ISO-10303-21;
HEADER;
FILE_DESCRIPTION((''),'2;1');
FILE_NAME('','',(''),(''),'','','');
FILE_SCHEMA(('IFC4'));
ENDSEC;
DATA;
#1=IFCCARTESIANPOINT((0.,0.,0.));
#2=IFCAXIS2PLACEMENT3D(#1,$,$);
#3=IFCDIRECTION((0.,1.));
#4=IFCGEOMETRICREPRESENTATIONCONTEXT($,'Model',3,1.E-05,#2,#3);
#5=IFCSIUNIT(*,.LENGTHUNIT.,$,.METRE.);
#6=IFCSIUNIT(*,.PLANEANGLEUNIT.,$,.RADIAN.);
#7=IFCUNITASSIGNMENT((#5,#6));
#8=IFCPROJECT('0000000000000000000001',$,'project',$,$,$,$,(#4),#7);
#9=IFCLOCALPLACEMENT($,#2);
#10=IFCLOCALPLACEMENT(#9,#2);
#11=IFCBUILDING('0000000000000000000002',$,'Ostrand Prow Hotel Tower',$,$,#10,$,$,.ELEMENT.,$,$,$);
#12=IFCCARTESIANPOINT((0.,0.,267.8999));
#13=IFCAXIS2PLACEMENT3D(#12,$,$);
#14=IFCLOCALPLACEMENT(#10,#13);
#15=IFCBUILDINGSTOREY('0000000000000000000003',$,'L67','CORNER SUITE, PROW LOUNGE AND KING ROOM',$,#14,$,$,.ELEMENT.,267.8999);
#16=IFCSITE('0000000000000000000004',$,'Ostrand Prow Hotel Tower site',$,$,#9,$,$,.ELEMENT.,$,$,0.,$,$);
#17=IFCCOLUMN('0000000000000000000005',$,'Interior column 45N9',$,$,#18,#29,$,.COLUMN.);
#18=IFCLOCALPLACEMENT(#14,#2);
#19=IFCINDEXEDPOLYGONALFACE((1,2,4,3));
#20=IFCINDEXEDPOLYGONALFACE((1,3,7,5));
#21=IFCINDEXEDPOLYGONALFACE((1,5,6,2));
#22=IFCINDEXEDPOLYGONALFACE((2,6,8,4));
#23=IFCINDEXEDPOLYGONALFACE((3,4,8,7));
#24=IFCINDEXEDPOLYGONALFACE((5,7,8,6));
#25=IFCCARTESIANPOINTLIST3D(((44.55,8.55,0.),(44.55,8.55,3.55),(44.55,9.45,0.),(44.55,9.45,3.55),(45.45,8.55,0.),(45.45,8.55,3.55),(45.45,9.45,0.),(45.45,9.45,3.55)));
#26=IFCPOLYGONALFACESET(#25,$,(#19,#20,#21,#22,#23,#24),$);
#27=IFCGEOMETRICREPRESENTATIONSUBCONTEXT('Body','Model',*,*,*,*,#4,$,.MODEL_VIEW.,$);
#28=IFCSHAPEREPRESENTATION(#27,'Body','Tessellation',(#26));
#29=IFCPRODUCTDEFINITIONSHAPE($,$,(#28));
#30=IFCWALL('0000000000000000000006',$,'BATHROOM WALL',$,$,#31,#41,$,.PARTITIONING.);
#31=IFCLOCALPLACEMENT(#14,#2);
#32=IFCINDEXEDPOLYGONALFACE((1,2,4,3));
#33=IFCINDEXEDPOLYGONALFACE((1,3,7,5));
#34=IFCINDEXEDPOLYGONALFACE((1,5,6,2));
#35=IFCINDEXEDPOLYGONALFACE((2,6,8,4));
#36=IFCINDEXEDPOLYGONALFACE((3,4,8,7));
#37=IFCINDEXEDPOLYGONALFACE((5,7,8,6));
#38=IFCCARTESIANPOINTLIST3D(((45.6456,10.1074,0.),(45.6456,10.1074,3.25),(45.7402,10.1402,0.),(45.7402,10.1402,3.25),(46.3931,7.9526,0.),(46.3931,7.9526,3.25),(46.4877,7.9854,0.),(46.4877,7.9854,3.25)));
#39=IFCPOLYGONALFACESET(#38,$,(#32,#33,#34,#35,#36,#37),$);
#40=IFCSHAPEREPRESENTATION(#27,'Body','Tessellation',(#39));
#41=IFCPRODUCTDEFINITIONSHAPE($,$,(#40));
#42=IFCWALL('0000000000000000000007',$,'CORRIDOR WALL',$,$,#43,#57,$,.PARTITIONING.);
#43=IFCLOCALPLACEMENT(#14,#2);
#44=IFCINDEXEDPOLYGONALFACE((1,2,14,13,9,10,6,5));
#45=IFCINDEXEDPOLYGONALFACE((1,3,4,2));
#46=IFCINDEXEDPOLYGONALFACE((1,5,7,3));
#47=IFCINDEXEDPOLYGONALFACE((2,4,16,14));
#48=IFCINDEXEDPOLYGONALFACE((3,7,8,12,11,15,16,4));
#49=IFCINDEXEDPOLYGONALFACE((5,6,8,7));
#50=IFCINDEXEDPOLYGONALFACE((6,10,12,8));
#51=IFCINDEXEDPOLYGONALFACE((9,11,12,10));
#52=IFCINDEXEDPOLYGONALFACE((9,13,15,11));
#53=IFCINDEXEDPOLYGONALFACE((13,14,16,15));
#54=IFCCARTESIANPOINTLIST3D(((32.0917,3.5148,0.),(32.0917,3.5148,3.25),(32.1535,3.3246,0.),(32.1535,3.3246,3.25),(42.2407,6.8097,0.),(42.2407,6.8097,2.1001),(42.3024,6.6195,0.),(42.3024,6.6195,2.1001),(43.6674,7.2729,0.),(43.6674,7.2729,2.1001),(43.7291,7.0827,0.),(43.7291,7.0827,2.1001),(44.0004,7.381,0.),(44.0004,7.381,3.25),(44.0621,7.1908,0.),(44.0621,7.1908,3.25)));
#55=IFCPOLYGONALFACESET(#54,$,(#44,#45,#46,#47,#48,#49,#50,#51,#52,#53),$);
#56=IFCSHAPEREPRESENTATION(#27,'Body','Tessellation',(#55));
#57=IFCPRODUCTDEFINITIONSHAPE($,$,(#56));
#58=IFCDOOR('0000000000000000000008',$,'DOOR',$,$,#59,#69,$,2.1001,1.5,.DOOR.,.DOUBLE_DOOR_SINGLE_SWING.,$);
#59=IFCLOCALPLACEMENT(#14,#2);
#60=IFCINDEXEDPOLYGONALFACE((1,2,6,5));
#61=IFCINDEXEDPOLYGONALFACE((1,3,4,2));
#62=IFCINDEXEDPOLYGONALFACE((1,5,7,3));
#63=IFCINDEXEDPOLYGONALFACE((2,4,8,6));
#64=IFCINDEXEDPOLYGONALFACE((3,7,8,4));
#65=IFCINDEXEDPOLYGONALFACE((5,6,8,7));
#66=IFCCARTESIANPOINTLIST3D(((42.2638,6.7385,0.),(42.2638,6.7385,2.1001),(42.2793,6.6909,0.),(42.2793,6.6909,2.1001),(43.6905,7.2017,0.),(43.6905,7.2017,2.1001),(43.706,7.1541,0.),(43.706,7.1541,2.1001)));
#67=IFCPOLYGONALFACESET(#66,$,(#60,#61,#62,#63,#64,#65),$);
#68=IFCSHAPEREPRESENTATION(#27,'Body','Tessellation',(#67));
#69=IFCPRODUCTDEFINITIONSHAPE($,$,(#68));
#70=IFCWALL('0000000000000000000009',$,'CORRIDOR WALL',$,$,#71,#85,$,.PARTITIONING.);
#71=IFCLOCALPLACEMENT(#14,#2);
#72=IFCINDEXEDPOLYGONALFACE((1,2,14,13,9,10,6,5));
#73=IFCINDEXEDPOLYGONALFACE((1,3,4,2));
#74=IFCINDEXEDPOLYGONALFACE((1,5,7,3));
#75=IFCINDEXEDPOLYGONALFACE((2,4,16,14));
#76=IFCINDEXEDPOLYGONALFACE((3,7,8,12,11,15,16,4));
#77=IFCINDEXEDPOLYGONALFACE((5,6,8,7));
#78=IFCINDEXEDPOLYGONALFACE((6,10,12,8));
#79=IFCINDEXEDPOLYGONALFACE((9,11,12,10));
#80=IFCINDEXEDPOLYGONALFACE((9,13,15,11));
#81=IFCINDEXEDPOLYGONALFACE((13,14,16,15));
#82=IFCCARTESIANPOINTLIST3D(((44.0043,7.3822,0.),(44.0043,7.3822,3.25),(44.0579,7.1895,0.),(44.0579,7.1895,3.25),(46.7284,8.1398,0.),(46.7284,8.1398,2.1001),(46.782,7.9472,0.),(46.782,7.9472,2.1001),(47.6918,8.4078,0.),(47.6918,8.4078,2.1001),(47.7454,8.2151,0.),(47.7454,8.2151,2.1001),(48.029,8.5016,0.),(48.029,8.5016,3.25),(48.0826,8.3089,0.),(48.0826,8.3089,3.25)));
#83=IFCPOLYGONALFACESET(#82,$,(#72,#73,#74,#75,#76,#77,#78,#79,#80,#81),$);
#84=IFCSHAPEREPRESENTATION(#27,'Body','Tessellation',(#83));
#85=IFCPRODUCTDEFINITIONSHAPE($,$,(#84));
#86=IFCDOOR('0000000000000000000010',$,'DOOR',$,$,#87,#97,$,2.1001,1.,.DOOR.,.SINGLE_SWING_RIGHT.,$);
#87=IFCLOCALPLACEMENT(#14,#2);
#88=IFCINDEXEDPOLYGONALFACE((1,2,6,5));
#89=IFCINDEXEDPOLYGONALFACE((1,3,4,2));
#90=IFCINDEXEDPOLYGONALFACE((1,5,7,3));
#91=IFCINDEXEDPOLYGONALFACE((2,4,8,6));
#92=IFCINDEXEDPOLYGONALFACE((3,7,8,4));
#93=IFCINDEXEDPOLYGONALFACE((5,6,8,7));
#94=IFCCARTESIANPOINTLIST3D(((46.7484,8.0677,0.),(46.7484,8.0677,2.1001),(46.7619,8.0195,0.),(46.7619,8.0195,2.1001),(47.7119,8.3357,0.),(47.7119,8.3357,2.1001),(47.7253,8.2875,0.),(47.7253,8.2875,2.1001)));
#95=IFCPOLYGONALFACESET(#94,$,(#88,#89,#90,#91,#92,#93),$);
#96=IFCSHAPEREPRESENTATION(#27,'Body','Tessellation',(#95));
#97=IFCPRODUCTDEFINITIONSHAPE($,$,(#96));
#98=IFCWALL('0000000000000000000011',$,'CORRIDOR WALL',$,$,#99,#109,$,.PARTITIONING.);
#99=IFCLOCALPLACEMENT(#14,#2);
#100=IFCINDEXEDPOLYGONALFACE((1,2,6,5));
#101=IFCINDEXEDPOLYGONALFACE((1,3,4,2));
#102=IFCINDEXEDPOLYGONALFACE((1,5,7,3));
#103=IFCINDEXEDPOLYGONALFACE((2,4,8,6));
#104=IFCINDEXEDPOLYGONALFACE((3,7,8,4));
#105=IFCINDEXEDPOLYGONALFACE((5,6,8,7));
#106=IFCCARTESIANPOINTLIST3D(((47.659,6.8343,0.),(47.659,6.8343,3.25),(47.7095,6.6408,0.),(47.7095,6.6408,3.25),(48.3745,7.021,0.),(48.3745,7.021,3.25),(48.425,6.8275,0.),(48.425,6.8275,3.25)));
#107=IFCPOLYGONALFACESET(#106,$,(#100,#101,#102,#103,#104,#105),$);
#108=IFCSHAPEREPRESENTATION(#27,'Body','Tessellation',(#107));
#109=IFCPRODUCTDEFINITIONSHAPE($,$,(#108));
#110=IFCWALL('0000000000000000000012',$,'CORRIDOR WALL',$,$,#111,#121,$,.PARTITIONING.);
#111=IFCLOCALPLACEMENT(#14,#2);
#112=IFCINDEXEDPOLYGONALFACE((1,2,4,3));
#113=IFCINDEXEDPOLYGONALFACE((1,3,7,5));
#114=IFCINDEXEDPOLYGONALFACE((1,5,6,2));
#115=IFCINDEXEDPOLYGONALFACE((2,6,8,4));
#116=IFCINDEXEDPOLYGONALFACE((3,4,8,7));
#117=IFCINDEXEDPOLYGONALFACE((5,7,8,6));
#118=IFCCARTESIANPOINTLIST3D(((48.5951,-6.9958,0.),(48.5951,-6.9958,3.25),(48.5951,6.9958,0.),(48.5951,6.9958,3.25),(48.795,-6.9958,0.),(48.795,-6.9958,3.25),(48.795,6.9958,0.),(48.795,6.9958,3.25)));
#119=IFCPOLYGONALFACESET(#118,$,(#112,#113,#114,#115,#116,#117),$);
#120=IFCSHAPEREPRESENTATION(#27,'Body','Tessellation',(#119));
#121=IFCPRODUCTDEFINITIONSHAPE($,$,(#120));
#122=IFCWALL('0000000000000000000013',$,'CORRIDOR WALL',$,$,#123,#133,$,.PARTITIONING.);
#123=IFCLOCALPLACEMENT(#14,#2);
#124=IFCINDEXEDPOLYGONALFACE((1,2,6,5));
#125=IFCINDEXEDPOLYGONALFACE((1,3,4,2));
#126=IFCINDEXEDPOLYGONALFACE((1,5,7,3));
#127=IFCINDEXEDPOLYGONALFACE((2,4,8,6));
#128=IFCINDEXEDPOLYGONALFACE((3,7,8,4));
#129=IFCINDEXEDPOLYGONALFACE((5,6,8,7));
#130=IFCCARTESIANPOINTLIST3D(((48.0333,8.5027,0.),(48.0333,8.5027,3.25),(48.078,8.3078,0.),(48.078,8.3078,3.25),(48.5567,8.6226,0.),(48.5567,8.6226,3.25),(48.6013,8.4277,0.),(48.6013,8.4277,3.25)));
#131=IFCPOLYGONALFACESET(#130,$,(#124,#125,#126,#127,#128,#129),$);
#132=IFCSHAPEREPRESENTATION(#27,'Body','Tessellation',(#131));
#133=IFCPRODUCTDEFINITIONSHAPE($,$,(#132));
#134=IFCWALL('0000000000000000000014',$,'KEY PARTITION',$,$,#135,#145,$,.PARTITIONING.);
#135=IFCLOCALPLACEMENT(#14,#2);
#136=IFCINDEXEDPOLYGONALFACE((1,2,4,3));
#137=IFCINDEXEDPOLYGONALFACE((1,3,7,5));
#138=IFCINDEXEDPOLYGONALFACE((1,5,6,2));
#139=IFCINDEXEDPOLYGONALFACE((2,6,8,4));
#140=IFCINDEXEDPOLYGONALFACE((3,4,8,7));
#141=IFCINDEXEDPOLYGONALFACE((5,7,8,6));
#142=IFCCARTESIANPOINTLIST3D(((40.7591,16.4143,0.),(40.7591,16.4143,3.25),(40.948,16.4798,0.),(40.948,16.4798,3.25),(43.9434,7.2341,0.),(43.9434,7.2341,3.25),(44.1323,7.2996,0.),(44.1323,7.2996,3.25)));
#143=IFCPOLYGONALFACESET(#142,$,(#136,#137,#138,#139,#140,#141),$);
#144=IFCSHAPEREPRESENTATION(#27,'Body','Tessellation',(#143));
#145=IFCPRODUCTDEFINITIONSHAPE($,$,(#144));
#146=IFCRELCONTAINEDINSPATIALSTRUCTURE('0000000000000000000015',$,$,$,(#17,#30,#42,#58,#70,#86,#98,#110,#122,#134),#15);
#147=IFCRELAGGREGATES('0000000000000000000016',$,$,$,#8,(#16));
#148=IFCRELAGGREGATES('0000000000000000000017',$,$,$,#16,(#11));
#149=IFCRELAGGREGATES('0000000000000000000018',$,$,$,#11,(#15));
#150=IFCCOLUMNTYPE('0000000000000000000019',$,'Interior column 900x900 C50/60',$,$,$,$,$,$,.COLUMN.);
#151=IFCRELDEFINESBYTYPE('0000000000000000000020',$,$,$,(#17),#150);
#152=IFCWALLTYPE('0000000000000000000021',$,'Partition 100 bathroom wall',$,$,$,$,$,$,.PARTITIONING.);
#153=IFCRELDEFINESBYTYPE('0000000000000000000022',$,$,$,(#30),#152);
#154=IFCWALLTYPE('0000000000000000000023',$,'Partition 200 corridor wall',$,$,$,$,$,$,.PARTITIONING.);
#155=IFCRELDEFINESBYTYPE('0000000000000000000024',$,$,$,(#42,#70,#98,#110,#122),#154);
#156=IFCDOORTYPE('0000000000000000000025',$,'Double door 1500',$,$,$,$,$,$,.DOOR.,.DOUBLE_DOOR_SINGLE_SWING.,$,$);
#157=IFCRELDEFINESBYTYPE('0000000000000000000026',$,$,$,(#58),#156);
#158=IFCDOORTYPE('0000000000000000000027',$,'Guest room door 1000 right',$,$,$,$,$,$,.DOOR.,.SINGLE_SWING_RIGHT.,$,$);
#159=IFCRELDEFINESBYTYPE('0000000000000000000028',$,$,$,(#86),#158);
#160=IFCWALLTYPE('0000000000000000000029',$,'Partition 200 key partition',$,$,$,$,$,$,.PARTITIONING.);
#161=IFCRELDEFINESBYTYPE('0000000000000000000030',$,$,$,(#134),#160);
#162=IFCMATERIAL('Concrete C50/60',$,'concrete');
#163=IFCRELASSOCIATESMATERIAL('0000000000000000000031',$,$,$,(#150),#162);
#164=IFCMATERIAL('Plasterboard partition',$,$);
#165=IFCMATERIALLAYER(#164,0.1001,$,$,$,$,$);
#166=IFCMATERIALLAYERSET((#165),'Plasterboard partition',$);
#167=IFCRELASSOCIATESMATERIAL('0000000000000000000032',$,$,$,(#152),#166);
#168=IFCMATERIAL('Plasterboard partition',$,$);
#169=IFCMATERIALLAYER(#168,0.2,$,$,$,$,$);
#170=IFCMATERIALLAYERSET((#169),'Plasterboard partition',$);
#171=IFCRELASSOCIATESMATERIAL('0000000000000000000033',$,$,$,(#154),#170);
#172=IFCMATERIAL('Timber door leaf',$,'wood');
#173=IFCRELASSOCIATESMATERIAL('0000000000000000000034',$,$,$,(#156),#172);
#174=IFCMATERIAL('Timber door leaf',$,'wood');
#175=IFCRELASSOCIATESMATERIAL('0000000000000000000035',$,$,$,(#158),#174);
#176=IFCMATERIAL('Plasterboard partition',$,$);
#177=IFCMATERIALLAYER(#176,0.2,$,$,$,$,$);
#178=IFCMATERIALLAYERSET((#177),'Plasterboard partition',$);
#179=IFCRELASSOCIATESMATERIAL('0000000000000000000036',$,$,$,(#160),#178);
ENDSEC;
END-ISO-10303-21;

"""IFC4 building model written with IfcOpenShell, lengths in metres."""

from ifc_helpers import new_model, si_unit, direction, frame, frame_2d, origin, origin_2d, place, context, subcontext, project, spatial, rectangle, extrude, material, layer, layer_set, material_profile, profile_set, type_object, element, fill, save


model = new_model("IFC4")

# Units and contexts
model_context = context("Model", 3, precision=1e-05, world=origin(), true_north=direction((0.0, 1.0)))
body_context = subcontext(model_context, "Body", "Model", "MODEL_VIEW")
ifc_project = project(units=[si_unit("LENGTHUNIT", "METRE"), si_unit("PLANEANGLEUNIT", "RADIAN")], contexts=[model_context])

# Site, building, storey
site_placement = place(None, origin())
site = spatial("IfcSite", under=ifc_project, at=site_placement, Name="Ostrand Prow Hotel Tower site", CompositionType="ELEMENT", RefElevation=0.0)
building_placement = place(site_placement, origin())
building = spatial("IfcBuilding", under=site, at=building_placement, Name="Ostrand Prow Hotel Tower", CompositionType="ELEMENT")
storey_placement = place(building_placement, frame((0.0, 0.0, 267.8999)))
storey = spatial("IfcBuildingStorey", under=building, at=storey_placement, Name="L67", Description="CORNER SUITE, PROW LOUNGE AND KING ROOM", CompositionType="ELEMENT", Elevation=267.8999)

# Column
ifc_material_1 = material(Name="Concrete C50/60", Category="concrete")
ifc_material_profile = material_profile(ifc_material_1, rectangle(XDim=0.8999, YDim=0.8999, at=origin_2d()), Name="RC 900x900")
ifc_profile_set = profile_set([ifc_material_profile], Name="Concrete C50/60")
column_type = type_object("IfcColumnType", Name="Interior column 900x900 C50/60", PredefinedType="COLUMN", material=ifc_profile_set)
column_placement = place(storey_placement, frame((45.0, 9.0, 0.0), z_axis=(0.0, 0.0, 1.0), x_axis=(1.0, 0.0, 0.0)))
element("IfcColumn", 1, at=column_placement, inside=storey, type_object=column_type, Name="Interior column 45N9", PredefinedType="COLUMN", context=body_context, shape_type="SweptSolid", body=[
    extrude(rectangle(XDim=0.8999, YDim=0.8999, at=origin_2d()), origin(), (0.0, 0.0, 1.0), 3.55),
])

# Wall
ifc_material_2 = material(Name="Plasterboard partition")
ifc_layer_1 = layer(ifc_material_2, 0.1001)
ifc_layer_set_1 = layer_set([ifc_layer_1], Name="Plasterboard partition")
wall_type_1 = type_object("IfcWallType", Name="Partition 100 bathroom wall", PredefinedType="PARTITIONING", material=ifc_layer_set_1)
wall_1_placement = place(storey_placement, frame((45.6929, 10.1238, 0.0), z_axis=(0.0, 0.0, 1.0), x_axis=(0.327765, -0.944759, 0.0)))
element("IfcWall", 2, at=wall_1_placement, inside=storey, type_object=wall_type_1, Name="BATHROOM WALL", PredefinedType="PARTITIONING", context=body_context, shape_type="SweptSolid", body=[
    extrude(rectangle(XDim=2.2808, YDim=0.1001, at=frame_2d((1.1404, 0.0))), origin(), (0.0, 0.0, 1.0), 3.25),
])

# Walls, openings, doors
ifc_material_3 = material(Name="Plasterboard partition")
ifc_layer_2 = layer(ifc_material_3, 0.2)
ifc_layer_set_2 = layer_set([ifc_layer_2], Name="Plasterboard partition")
wall_type_2 = type_object("IfcWallType", Name="Partition 200 corridor wall", PredefinedType="PARTITIONING", material=ifc_layer_set_2)
wall_2_placement = place(storey_placement, frame((44.0312, 7.2859, 0.0), z_axis=(0.0, 0.0, 1.0), x_axis=(-0.951131, -0.308789, 0.0)))
wall_2 = element("IfcWall", 3, at=wall_2_placement, inside=storey, type_object=wall_type_2, Name="CORRIDOR WALL", PredefinedType="PARTITIONING", context=body_context, shape_type="SweptSolid", body=[
    extrude(rectangle(XDim=12.5205, YDim=0.2, at=frame_2d((6.2603, 0.0))), origin(), (0.0, 0.0, 1.0), 3.25),
])
opening_1_placement = place(wall_2_placement, frame((0.3501, 0.0, 0.0)))
opening_1 = element("IfcOpeningElement", 4, at=opening_1_placement, cuts=wall_2, PredefinedType="OPENING", context=body_context, shape_type="SweptSolid", body=[
    extrude(rectangle(XDim=1.5, YDim=2.1001, at=frame_2d((0.75, 1.05))), frame((0.0, 0.1099, 0.0), z_axis=(0.0, -1.0, 0.0), x_axis=(1.0, 0.0, 0.0)), (0.0, 0.0, 1.0), 0.22),
])
ifc_material_4 = material(Name="Timber door leaf", Category="wood")
door_type_1 = type_object("IfcDoorType", Name="Double door 1500", OperationType="DOUBLE_DOOR_SINGLE_SWING", PredefinedType="DOOR", material=ifc_material_4)
door_1_placement = place(opening_1_placement, origin())
door_1 = element("IfcDoor", 5, at=door_1_placement, inside=storey, type_object=door_type_1, Name="DOOR", OperationType="DOUBLE_DOOR_SINGLE_SWING", OverallHeight=2.1001, OverallWidth=1.5, PredefinedType="DOOR", context=body_context, shape_type="SweptSolid", body=[
    extrude(rectangle(XDim=1.5, YDim=2.1001, at=frame_2d((0.75, 1.05))), frame((0.0, 0.0249, 0.0), z_axis=(0.0, -1.0, 0.0), x_axis=(1.0, 0.0, 0.0)), (0.0, 0.0, 1.0), 0.05),
])
fill(opening_1, door_1)
wall_3_placement = place(storey_placement, frame((48.0559, 8.4053, 0.0), z_axis=(0.0, 0.0, 1.0), x_axis=(-0.96343, -0.26796, 0.0)))
wall_3 = element("IfcWall", 6, at=wall_3_placement, inside=storey, type_object=wall_type_2, Name="CORRIDOR WALL", PredefinedType="PARTITIONING", context=body_context, shape_type="SweptSolid", body=[
    extrude(rectangle(XDim=4.1775, YDim=0.2, at=frame_2d((2.0889, 0.0))), origin(), (0.0, 0.0, 1.0), 3.25),
])
opening_2_placement = place(wall_3_placement, frame((0.3501, 0.0, 0.0)))
opening_2 = element("IfcOpeningElement", 7, at=opening_2_placement, cuts=wall_3, PredefinedType="OPENING", context=body_context, shape_type="SweptSolid", body=[
    extrude(rectangle(XDim=1.0, YDim=2.1001, at=frame_2d((0.5, 1.05))), frame((0.0, 0.1099, 0.0), z_axis=(0.0, -1.0, 0.0), x_axis=(1.0, 0.0, 0.0)), (0.0, 0.0, 1.0), 0.22),
])
ifc_material_5 = material(Name="Timber door leaf", Category="wood")
door_type_2 = type_object("IfcDoorType", Name="Guest room door 1000 right", OperationType="SINGLE_SWING_RIGHT", PredefinedType="DOOR", material=ifc_material_5)
door_2_placement = place(opening_2_placement, origin())
door_2 = element("IfcDoor", 8, at=door_2_placement, inside=storey, type_object=door_type_2, Name="DOOR", OperationType="SINGLE_SWING_RIGHT", OverallHeight=2.1001, OverallWidth=1.0, PredefinedType="DOOR", context=body_context, shape_type="SweptSolid", body=[
    extrude(rectangle(XDim=1.0, YDim=2.1001, at=frame_2d((0.5, 1.05))), frame((0.0, 0.0249, 0.0), z_axis=(0.0, -1.0, 0.0), x_axis=(1.0, 0.0, 0.0)), (0.0, 0.0, 1.0), 0.05),
])
fill(opening_2, door_2)

# Walls
wall_4_placement = place(storey_placement, frame((47.6843, 6.7375, 0.0), z_axis=(0.0, 0.0, 1.0), x_axis=(0.967586, 0.252543, 0.0)))
element("IfcWall", 9, at=wall_4_placement, inside=storey, type_object=wall_type_2, Name="CORRIDOR WALL", PredefinedType="PARTITIONING", context=body_context, shape_type="SweptSolid", body=[
    extrude(rectangle(XDim=0.7395, YDim=0.2, at=frame_2d((0.3696, 0.0))), origin(), (0.0, 0.0, 1.0), 3.25),
])
wall_5_placement = place(storey_placement, frame((48.6951, 6.9958, 0.0), z_axis=(0.0, 0.0, 1.0), x_axis=(0.0, -1.0, 0.0)))
element("IfcWall", 10, at=wall_5_placement, inside=storey, type_object=wall_type_2, Name="CORRIDOR WALL", PredefinedType="PARTITIONING", context=body_context, shape_type="SweptSolid", body=[
    extrude(rectangle(XDim=13.9917, YDim=0.2, at=frame_2d((6.9958, 0.0))), origin(), (0.0, 0.0, 1.0), 3.25),
])
wall_6_placement = place(storey_placement, frame((48.5791, 8.5251, 0.0), z_axis=(0.0, 0.0, 1.0), x_axis=(-0.974743, -0.223331, 0.0)))
element("IfcWall", 11, at=wall_6_placement, inside=storey, type_object=wall_type_2, Name="CORRIDOR WALL", PredefinedType="PARTITIONING", context=body_context, shape_type="SweptSolid", body=[
    extrude(rectangle(XDim=0.5369, YDim=0.2, at=frame_2d((0.2686, 0.0))), origin(), (0.0, 0.0, 1.0), 3.25),
])
ifc_material_6 = material(Name="Plasterboard partition")
ifc_layer_3 = layer(ifc_material_6, 0.2)
ifc_layer_set_3 = layer_set([ifc_layer_3], Name="Plasterboard partition")
wall_type_3 = type_object("IfcWallType", Name="Partition 200 key partition", PredefinedType="PARTITIONING", material=ifc_layer_set_3)
wall_7_placement = place(storey_placement, frame((44.0378, 7.2668, 0.0), z_axis=(0.0, 0.0, 1.0), x_axis=(-0.327715, 0.944777, 0.0)))
element("IfcWall", 12, at=wall_7_placement, inside=storey, type_object=wall_type_3, Name="KEY PARTITION", PredefinedType="PARTITIONING", context=body_context, shape_type="SweptSolid", body=[
    extrude(rectangle(XDim=9.7168, YDim=0.2, at=frame_2d((4.8584, 0.0))), origin(), (0.0, 0.0, 1.0), 3.25),
])

save(model, "model.ifc")
